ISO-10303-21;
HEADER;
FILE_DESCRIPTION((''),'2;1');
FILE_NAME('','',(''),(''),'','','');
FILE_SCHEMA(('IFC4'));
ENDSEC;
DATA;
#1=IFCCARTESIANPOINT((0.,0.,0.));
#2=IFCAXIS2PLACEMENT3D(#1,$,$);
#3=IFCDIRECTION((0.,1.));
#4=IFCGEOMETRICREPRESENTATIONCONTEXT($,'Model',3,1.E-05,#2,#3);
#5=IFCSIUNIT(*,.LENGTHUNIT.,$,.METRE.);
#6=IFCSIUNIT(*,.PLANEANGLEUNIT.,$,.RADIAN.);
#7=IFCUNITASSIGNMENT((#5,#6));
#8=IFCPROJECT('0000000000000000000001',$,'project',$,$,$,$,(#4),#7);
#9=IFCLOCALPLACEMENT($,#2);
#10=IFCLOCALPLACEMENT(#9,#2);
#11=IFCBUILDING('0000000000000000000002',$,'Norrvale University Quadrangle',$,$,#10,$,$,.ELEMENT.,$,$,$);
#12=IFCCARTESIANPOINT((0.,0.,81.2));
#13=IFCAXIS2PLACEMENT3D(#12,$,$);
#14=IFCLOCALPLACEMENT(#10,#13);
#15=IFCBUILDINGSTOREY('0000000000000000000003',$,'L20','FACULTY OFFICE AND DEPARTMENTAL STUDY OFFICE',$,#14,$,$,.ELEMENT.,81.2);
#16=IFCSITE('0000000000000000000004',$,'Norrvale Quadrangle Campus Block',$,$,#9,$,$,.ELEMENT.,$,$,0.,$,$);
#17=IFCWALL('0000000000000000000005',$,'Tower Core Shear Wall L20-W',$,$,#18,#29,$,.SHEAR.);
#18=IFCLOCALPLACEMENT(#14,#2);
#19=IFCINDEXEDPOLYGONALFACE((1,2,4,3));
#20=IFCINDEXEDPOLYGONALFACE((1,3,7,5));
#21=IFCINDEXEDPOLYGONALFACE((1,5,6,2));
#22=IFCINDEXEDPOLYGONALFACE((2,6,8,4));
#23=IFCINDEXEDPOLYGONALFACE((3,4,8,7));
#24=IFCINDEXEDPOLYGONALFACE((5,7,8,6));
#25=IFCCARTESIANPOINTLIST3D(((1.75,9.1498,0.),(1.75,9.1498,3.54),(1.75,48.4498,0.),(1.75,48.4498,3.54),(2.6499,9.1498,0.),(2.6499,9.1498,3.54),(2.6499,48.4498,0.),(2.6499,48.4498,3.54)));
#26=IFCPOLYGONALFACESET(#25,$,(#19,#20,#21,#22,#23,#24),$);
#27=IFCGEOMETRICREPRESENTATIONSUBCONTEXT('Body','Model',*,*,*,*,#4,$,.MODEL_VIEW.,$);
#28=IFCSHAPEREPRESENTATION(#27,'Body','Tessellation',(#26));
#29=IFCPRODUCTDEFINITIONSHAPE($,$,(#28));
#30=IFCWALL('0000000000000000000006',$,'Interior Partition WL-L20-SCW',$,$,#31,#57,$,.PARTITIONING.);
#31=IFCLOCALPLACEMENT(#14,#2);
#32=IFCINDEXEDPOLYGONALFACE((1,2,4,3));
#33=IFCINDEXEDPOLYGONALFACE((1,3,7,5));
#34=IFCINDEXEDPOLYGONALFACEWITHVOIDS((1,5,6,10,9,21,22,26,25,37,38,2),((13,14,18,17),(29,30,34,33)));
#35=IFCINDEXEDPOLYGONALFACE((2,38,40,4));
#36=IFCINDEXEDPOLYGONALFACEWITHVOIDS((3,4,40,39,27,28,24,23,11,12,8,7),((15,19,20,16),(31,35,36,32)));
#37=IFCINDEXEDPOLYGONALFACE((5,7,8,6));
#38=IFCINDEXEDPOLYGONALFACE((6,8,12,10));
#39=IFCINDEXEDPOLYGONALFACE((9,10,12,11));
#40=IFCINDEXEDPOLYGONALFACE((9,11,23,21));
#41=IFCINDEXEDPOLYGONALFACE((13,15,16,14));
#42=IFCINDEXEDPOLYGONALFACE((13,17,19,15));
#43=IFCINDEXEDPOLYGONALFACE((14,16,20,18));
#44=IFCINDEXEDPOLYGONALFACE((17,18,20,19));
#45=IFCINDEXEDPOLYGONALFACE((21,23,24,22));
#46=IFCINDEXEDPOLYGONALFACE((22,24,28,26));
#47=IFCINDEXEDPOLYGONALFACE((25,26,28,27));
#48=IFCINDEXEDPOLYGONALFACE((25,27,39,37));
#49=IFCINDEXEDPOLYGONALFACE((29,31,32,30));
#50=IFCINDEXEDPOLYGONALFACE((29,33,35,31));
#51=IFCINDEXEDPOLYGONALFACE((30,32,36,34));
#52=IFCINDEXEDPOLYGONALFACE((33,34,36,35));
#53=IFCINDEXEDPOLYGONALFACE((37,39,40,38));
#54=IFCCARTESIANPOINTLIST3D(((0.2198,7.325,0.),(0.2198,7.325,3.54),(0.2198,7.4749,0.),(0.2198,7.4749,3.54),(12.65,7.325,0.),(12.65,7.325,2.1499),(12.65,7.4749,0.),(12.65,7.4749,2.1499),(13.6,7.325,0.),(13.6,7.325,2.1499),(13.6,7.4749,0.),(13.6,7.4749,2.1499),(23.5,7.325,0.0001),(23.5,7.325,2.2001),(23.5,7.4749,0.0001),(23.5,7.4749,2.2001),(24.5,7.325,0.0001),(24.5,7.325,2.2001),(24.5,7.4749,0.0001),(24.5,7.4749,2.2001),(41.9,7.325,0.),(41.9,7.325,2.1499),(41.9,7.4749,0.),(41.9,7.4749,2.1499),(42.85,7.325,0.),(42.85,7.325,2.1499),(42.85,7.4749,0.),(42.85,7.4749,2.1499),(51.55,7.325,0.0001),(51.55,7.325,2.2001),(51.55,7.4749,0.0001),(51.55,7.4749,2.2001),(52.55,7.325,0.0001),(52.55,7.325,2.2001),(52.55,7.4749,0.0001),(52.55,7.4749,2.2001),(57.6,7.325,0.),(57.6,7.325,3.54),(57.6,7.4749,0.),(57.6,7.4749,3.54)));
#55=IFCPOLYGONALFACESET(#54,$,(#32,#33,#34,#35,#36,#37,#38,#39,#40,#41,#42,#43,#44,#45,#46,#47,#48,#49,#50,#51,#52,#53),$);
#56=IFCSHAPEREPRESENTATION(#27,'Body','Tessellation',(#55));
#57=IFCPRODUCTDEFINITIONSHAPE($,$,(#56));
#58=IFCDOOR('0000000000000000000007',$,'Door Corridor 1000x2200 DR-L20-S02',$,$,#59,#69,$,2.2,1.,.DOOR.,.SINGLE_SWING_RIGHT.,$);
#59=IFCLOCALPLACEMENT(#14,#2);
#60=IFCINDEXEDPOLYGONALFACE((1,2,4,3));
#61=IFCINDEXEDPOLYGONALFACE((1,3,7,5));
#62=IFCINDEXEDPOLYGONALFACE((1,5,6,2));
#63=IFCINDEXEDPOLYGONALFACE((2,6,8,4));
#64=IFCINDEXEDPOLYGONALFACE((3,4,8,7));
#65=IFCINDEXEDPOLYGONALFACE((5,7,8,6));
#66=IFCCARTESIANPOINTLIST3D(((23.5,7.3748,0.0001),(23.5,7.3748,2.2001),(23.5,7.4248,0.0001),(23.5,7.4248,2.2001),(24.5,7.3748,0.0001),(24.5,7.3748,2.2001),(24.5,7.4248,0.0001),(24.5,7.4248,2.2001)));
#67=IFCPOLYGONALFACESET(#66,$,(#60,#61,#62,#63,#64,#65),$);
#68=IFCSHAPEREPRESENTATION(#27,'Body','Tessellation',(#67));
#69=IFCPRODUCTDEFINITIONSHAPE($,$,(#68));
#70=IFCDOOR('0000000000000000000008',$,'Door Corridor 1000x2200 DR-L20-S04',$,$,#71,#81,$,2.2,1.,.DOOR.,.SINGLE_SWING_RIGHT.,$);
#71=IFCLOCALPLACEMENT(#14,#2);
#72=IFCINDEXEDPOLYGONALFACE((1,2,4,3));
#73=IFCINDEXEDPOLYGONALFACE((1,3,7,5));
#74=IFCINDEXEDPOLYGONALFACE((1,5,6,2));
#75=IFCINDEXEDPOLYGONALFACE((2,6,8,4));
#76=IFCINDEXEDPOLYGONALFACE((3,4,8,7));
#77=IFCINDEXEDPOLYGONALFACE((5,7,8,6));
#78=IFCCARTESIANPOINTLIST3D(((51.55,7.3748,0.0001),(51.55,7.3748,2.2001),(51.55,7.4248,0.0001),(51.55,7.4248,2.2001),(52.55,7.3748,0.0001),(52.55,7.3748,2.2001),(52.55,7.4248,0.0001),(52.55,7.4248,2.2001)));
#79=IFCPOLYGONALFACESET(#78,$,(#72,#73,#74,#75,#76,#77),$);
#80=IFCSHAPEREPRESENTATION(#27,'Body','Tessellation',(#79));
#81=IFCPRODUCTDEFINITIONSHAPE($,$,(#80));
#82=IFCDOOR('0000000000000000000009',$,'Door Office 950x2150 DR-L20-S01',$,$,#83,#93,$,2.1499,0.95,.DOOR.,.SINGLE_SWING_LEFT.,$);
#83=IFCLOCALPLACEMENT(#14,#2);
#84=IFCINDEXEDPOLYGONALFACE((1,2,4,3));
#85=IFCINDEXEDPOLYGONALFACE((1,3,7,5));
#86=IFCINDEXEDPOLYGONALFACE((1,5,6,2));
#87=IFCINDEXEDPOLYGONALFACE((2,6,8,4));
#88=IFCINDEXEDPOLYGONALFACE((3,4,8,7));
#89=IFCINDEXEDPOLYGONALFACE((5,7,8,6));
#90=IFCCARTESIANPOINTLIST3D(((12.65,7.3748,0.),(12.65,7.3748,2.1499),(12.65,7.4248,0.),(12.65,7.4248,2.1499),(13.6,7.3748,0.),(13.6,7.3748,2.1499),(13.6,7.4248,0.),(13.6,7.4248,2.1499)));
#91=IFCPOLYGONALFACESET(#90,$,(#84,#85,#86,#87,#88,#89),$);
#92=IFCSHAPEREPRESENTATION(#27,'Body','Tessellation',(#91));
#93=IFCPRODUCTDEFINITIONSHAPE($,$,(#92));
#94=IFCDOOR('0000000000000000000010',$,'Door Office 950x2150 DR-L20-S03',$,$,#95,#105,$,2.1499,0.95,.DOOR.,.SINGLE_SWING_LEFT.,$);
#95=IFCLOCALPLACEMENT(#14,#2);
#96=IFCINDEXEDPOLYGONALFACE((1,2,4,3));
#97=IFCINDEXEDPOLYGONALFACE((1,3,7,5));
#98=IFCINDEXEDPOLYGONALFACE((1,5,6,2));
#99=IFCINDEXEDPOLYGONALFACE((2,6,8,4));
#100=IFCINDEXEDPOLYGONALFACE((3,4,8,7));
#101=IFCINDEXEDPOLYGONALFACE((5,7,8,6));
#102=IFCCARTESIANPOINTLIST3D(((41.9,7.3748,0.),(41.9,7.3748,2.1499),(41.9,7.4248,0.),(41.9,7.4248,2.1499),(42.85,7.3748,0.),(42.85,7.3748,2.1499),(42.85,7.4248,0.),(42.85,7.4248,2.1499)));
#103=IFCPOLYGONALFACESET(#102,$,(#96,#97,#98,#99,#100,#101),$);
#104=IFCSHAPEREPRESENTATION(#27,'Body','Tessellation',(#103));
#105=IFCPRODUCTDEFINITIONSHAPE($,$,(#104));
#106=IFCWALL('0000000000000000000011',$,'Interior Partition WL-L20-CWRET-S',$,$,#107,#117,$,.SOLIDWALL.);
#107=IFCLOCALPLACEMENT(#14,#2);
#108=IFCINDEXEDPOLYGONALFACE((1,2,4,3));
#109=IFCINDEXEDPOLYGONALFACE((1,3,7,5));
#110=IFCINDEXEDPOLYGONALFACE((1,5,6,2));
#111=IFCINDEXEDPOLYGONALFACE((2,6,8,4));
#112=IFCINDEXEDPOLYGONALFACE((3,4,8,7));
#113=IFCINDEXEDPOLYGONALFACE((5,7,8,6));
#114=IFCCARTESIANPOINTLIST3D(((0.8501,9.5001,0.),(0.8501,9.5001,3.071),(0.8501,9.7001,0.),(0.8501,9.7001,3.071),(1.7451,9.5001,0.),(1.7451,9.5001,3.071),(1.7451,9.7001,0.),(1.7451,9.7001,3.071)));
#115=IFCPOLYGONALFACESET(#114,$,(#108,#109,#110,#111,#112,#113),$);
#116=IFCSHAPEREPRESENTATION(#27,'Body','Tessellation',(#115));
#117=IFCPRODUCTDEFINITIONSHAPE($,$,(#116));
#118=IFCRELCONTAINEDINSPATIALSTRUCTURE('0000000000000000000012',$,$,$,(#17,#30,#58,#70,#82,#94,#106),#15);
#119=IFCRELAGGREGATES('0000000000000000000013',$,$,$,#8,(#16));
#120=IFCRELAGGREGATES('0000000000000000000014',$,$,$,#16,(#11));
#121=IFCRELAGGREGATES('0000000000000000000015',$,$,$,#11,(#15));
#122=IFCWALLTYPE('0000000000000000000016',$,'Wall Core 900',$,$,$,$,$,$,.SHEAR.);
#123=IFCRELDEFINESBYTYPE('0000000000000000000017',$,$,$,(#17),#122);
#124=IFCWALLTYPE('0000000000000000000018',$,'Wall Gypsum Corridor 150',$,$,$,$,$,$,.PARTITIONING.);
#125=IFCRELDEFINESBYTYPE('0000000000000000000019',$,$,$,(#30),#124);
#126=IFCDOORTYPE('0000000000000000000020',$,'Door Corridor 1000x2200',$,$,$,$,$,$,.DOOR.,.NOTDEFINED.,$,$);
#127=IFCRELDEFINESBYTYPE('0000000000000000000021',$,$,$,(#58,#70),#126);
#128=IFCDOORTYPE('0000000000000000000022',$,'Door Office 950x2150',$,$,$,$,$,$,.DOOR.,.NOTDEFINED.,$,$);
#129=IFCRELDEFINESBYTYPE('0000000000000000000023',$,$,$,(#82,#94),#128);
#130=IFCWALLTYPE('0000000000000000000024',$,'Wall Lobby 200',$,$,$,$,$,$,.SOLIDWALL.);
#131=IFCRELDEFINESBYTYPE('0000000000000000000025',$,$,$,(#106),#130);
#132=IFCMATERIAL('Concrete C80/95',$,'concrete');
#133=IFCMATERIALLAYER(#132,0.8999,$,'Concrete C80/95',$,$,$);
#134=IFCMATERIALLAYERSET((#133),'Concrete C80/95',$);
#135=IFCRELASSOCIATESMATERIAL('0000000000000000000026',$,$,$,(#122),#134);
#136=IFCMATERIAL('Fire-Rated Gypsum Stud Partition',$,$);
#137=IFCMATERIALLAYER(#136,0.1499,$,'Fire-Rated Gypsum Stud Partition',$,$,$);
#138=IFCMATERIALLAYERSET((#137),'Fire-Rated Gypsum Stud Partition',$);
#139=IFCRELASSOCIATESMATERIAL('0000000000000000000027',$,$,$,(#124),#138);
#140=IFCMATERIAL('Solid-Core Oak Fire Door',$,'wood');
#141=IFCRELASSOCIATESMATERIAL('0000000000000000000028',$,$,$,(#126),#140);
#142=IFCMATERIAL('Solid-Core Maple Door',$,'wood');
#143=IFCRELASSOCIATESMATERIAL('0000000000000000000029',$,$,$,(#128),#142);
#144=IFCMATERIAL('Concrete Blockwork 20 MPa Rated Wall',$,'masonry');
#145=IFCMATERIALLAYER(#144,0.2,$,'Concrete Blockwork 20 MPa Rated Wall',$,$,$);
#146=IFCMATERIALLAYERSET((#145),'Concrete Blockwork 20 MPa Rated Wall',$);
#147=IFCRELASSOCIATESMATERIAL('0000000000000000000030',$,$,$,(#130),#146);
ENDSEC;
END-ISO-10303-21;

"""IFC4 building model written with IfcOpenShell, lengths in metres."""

from ifc_helpers import new_model, si_unit, direction, frame, frame_2d, origin, place, context, subcontext, project, spatial, rectangle, extrude, material, layer, layer_set, type_object, element, fill, save


model = new_model("IFC4")

# Units and contexts
model_context = context("Model", 3, precision=1e-05, world=origin(), true_north=direction((0.0, 1.0)))
body_context = subcontext(model_context, "Body", "Model", "MODEL_VIEW")
ifc_project = project(units=[si_unit("LENGTHUNIT", "METRE"), si_unit("PLANEANGLEUNIT", "RADIAN")], contexts=[model_context])

# Site, building, storey
site_placement = place(None, origin())
site = spatial("IfcSite", under=ifc_project, at=site_placement, Name="Norrvale Quadrangle Campus Block", CompositionType="ELEMENT", RefElevation=0.0)
building_placement = place(site_placement, origin())
building = spatial("IfcBuilding", under=site, at=building_placement, Name="Norrvale University Quadrangle", CompositionType="ELEMENT")
storey_placement = place(building_placement, frame((0.0, 0.0, 81.2)))
storey = spatial("IfcBuildingStorey", under=building, at=storey_placement, Name="L20", Description="FACULTY OFFICE AND DEPARTMENTAL STUDY OFFICE", CompositionType="ELEMENT", Elevation=81.2)

# Shared definitions
ifc_material_1 = material(Name="Concrete C80/95", Category="concrete")

# Wall
ifc_layer_1 = layer(ifc_material_1, 0.8999, Name="Concrete C80/95")
ifc_layer_set_1 = layer_set([ifc_layer_1], Name="Concrete C80/95")
wall_type_1 = type_object("IfcWallType", Name="Wall Core 900", PredefinedType="SHEAR", material=ifc_layer_set_1)
wall_1_placement = place(storey_placement, frame((2.2, 9.1499, 0.0), z_axis=(0.0, 0.0, 1.0), x_axis=(0.0, 1.0, 0.0)))
element("IfcWall", 1, at=wall_1_placement, inside=storey, type_object=wall_type_1, Name="Tower Core Shear Wall L20-W", PredefinedType="SHEAR", context=body_context, shape_type="SweptSolid", body=[
    extrude(rectangle(XDim=39.3, YDim=0.8999, at=frame_2d((19.6499, 0.0))), origin(), (0.0, 0.0, 1.0), 3.54),
])

# Wall, openings, doors
ifc_material_2 = material(Name="Fire-Rated Gypsum Stud Partition")
ifc_layer_2 = layer(ifc_material_2, 0.1499, Name="Fire-Rated Gypsum Stud Partition")
ifc_layer_set_2 = layer_set([ifc_layer_2], Name="Fire-Rated Gypsum Stud Partition")
wall_type_2 = type_object("IfcWallType", Name="Wall Gypsum Corridor 150", PredefinedType="PARTITIONING", material=ifc_layer_set_2)
wall_2_placement = place(storey_placement, frame((0.22, 7.3999, 0.0), z_axis=(0.0, 0.0, 1.0), x_axis=(1.0, 0.0, 0.0)))
wall_2 = element("IfcWall", 2, at=wall_2_placement, inside=storey, type_object=wall_type_2, Name="Interior Partition WL-L20-SCW", PredefinedType="PARTITIONING", context=body_context, shape_type="SweptSolid", body=[
    extrude(rectangle(XDim=57.3801, YDim=0.1499, at=frame_2d((28.6899, 0.0))), origin(), (0.0, 0.0, 1.0), 3.54),
])
opening_1_placement = place(wall_2_placement, frame((12.4299, 0.0, 0.0)))
opening_1 = element("IfcOpeningElement", 3, at=opening_1_placement, cuts=wall_2, PredefinedType="OPENING", context=body_context, shape_type="SweptSolid", body=[
    extrude(rectangle(XDim=0.95, YDim=2.1499, at=frame_2d((0.4751, 1.075))), frame((0.0, 0.0869, 0.0), z_axis=(0.0, -1.0, 0.0), x_axis=(1.0, 0.0, 0.0)), (0.0, 0.0, 1.0), 0.1738),
])
opening_2_placement = place(wall_2_placement, frame((23.28, 0.0, 0.0)))
opening_2 = element("IfcOpeningElement", 4, at=opening_2_placement, cuts=wall_2, PredefinedType="OPENING", context=body_context, shape_type="SweptSolid", body=[
    extrude(rectangle(XDim=1.0, YDim=2.2, at=frame_2d((0.5, 1.1001))), frame((0.0, 0.0869, 0.0), z_axis=(0.0, -1.0, 0.0), x_axis=(1.0, 0.0, 0.0)), (0.0, 0.0, 1.0), 0.1738),
])
opening_3_placement = place(wall_2_placement, frame((41.6799, 0.0, 0.0)))
opening_3 = element("IfcOpeningElement", 5, at=opening_3_placement, cuts=wall_2, PredefinedType="OPENING", context=body_context, shape_type="SweptSolid", body=[
    extrude(rectangle(XDim=0.95, YDim=2.1499, at=frame_2d((0.4751, 1.075))), frame((0.0, 0.0869, 0.0), z_axis=(0.0, -1.0, 0.0), x_axis=(1.0, 0.0, 0.0)), (0.0, 0.0, 1.0), 0.1738),
])
opening_4_placement = place(wall_2_placement, frame((51.3301, 0.0, 0.0)))
opening_4 = element("IfcOpeningElement", 6, at=opening_4_placement, cuts=wall_2, PredefinedType="OPENING", context=body_context, shape_type="SweptSolid", body=[
    extrude(rectangle(XDim=1.0, YDim=2.2, at=frame_2d((0.5, 1.1001))), frame((0.0, 0.0869, 0.0), z_axis=(0.0, -1.0, 0.0), x_axis=(1.0, 0.0, 0.0)), (0.0, 0.0, 1.0), 0.1738),
])
ifc_material_3 = material(Name="Solid-Core Oak Fire Door", Category="wood")
door_type_1 = type_object("IfcDoorType", Name="Door Corridor 1000x2200", OperationType="NOTDEFINED", PredefinedType="DOOR", material=ifc_material_3)
door_1_placement = place(opening_2_placement, origin())
door_1 = element("IfcDoor", 7, at=door_1_placement, inside=storey, type_object=door_type_1, Name="Door Corridor 1000x2200 DR-L20-S02", OperationType="SINGLE_SWING_RIGHT", OverallHeight=2.2, OverallWidth=1.0, PredefinedType="DOOR", context=body_context, shape_type="SweptSolid", body=[
    extrude(rectangle(XDim=1.0, YDim=2.2, at=frame_2d((0.5, 1.1001))), frame((0.0, 0.0249, 0.0), z_axis=(0.0, -1.0, 0.0), x_axis=(1.0, 0.0, 0.0)), (0.0, 0.0, 1.0), 0.05),
])
fill(opening_2, door_1)
door_2_placement = place(opening_4_placement, origin())
door_2 = element("IfcDoor", 8, at=door_2_placement, inside=storey, type_object=door_type_1, Name="Door Corridor 1000x2200 DR-L20-S04", OperationType="SINGLE_SWING_RIGHT", OverallHeight=2.2, OverallWidth=1.0, PredefinedType="DOOR", context=body_context, shape_type="SweptSolid", body=[
    extrude(rectangle(XDim=1.0, YDim=2.2, at=frame_2d((0.5, 1.1001))), frame((0.0, 0.0249, 0.0), z_axis=(0.0, -1.0, 0.0), x_axis=(1.0, 0.0, 0.0)), (0.0, 0.0, 1.0), 0.05),
])
fill(opening_4, door_2)
ifc_material_4 = material(Name="Solid-Core Maple Door", Category="wood")
door_type_2 = type_object("IfcDoorType", Name="Door Office 950x2150", OperationType="NOTDEFINED", PredefinedType="DOOR", material=ifc_material_4)
door_3_placement = place(opening_1_placement, origin())
door_3 = element("IfcDoor", 9, at=door_3_placement, inside=storey, type_object=door_type_2, Name="Door Office 950x2150 DR-L20-S01", OperationType="SINGLE_SWING_LEFT", OverallHeight=2.1499, OverallWidth=0.95, PredefinedType="DOOR", context=body_context, shape_type="SweptSolid", body=[
    extrude(rectangle(XDim=0.95, YDim=2.1499, at=frame_2d((0.4751, 1.075))), frame((0.0, 0.0249, 0.0), z_axis=(0.0, -1.0, 0.0), x_axis=(1.0, 0.0, 0.0)), (0.0, 0.0, 1.0), 0.05),
])
fill(opening_1, door_3)
door_4_placement = place(opening_3_placement, origin())
door_4 = element("IfcDoor", 10, at=door_4_placement, inside=storey, type_object=door_type_2, Name="Door Office 950x2150 DR-L20-S03", OperationType="SINGLE_SWING_LEFT", OverallHeight=2.1499, OverallWidth=0.95, PredefinedType="DOOR", context=body_context, shape_type="SweptSolid", body=[
    extrude(rectangle(XDim=0.95, YDim=2.1499, at=frame_2d((0.4751, 1.075))), frame((0.0, 0.0249, 0.0), z_axis=(0.0, -1.0, 0.0), x_axis=(1.0, 0.0, 0.0)), (0.0, 0.0, 1.0), 0.05),
])
fill(opening_3, door_4)

# Wall
ifc_material_5 = material(Name="Concrete Blockwork 20 MPa Rated Wall", Category="masonry")
ifc_layer_3 = layer(ifc_material_5, 0.2, Name="Concrete Blockwork 20 MPa Rated Wall")
ifc_layer_set_3 = layer_set([ifc_layer_3], Name="Concrete Blockwork 20 MPa Rated Wall")
wall_type_3 = type_object("IfcWallType", Name="Wall Lobby 200", PredefinedType="SOLIDWALL", material=ifc_layer_set_3)
wall_3_placement = place(storey_placement, frame((0.8501, 9.6001, 0.0), z_axis=(0.0, 0.0, 1.0), x_axis=(1.0, 0.0, 0.0)))
element("IfcWall", 11, at=wall_3_placement, inside=storey, type_object=wall_type_3, Name="Interior Partition WL-L20-CWRET-S", PredefinedType="SOLIDWALL", context=body_context, shape_type="SweptSolid", body=[
    extrude(rectangle(XDim=0.895, YDim=0.2, at=frame_2d((0.4475, 0.0))), origin(), (0.0, 0.0, 1.0), 3.071),
])

save(model, "model.ifc")
